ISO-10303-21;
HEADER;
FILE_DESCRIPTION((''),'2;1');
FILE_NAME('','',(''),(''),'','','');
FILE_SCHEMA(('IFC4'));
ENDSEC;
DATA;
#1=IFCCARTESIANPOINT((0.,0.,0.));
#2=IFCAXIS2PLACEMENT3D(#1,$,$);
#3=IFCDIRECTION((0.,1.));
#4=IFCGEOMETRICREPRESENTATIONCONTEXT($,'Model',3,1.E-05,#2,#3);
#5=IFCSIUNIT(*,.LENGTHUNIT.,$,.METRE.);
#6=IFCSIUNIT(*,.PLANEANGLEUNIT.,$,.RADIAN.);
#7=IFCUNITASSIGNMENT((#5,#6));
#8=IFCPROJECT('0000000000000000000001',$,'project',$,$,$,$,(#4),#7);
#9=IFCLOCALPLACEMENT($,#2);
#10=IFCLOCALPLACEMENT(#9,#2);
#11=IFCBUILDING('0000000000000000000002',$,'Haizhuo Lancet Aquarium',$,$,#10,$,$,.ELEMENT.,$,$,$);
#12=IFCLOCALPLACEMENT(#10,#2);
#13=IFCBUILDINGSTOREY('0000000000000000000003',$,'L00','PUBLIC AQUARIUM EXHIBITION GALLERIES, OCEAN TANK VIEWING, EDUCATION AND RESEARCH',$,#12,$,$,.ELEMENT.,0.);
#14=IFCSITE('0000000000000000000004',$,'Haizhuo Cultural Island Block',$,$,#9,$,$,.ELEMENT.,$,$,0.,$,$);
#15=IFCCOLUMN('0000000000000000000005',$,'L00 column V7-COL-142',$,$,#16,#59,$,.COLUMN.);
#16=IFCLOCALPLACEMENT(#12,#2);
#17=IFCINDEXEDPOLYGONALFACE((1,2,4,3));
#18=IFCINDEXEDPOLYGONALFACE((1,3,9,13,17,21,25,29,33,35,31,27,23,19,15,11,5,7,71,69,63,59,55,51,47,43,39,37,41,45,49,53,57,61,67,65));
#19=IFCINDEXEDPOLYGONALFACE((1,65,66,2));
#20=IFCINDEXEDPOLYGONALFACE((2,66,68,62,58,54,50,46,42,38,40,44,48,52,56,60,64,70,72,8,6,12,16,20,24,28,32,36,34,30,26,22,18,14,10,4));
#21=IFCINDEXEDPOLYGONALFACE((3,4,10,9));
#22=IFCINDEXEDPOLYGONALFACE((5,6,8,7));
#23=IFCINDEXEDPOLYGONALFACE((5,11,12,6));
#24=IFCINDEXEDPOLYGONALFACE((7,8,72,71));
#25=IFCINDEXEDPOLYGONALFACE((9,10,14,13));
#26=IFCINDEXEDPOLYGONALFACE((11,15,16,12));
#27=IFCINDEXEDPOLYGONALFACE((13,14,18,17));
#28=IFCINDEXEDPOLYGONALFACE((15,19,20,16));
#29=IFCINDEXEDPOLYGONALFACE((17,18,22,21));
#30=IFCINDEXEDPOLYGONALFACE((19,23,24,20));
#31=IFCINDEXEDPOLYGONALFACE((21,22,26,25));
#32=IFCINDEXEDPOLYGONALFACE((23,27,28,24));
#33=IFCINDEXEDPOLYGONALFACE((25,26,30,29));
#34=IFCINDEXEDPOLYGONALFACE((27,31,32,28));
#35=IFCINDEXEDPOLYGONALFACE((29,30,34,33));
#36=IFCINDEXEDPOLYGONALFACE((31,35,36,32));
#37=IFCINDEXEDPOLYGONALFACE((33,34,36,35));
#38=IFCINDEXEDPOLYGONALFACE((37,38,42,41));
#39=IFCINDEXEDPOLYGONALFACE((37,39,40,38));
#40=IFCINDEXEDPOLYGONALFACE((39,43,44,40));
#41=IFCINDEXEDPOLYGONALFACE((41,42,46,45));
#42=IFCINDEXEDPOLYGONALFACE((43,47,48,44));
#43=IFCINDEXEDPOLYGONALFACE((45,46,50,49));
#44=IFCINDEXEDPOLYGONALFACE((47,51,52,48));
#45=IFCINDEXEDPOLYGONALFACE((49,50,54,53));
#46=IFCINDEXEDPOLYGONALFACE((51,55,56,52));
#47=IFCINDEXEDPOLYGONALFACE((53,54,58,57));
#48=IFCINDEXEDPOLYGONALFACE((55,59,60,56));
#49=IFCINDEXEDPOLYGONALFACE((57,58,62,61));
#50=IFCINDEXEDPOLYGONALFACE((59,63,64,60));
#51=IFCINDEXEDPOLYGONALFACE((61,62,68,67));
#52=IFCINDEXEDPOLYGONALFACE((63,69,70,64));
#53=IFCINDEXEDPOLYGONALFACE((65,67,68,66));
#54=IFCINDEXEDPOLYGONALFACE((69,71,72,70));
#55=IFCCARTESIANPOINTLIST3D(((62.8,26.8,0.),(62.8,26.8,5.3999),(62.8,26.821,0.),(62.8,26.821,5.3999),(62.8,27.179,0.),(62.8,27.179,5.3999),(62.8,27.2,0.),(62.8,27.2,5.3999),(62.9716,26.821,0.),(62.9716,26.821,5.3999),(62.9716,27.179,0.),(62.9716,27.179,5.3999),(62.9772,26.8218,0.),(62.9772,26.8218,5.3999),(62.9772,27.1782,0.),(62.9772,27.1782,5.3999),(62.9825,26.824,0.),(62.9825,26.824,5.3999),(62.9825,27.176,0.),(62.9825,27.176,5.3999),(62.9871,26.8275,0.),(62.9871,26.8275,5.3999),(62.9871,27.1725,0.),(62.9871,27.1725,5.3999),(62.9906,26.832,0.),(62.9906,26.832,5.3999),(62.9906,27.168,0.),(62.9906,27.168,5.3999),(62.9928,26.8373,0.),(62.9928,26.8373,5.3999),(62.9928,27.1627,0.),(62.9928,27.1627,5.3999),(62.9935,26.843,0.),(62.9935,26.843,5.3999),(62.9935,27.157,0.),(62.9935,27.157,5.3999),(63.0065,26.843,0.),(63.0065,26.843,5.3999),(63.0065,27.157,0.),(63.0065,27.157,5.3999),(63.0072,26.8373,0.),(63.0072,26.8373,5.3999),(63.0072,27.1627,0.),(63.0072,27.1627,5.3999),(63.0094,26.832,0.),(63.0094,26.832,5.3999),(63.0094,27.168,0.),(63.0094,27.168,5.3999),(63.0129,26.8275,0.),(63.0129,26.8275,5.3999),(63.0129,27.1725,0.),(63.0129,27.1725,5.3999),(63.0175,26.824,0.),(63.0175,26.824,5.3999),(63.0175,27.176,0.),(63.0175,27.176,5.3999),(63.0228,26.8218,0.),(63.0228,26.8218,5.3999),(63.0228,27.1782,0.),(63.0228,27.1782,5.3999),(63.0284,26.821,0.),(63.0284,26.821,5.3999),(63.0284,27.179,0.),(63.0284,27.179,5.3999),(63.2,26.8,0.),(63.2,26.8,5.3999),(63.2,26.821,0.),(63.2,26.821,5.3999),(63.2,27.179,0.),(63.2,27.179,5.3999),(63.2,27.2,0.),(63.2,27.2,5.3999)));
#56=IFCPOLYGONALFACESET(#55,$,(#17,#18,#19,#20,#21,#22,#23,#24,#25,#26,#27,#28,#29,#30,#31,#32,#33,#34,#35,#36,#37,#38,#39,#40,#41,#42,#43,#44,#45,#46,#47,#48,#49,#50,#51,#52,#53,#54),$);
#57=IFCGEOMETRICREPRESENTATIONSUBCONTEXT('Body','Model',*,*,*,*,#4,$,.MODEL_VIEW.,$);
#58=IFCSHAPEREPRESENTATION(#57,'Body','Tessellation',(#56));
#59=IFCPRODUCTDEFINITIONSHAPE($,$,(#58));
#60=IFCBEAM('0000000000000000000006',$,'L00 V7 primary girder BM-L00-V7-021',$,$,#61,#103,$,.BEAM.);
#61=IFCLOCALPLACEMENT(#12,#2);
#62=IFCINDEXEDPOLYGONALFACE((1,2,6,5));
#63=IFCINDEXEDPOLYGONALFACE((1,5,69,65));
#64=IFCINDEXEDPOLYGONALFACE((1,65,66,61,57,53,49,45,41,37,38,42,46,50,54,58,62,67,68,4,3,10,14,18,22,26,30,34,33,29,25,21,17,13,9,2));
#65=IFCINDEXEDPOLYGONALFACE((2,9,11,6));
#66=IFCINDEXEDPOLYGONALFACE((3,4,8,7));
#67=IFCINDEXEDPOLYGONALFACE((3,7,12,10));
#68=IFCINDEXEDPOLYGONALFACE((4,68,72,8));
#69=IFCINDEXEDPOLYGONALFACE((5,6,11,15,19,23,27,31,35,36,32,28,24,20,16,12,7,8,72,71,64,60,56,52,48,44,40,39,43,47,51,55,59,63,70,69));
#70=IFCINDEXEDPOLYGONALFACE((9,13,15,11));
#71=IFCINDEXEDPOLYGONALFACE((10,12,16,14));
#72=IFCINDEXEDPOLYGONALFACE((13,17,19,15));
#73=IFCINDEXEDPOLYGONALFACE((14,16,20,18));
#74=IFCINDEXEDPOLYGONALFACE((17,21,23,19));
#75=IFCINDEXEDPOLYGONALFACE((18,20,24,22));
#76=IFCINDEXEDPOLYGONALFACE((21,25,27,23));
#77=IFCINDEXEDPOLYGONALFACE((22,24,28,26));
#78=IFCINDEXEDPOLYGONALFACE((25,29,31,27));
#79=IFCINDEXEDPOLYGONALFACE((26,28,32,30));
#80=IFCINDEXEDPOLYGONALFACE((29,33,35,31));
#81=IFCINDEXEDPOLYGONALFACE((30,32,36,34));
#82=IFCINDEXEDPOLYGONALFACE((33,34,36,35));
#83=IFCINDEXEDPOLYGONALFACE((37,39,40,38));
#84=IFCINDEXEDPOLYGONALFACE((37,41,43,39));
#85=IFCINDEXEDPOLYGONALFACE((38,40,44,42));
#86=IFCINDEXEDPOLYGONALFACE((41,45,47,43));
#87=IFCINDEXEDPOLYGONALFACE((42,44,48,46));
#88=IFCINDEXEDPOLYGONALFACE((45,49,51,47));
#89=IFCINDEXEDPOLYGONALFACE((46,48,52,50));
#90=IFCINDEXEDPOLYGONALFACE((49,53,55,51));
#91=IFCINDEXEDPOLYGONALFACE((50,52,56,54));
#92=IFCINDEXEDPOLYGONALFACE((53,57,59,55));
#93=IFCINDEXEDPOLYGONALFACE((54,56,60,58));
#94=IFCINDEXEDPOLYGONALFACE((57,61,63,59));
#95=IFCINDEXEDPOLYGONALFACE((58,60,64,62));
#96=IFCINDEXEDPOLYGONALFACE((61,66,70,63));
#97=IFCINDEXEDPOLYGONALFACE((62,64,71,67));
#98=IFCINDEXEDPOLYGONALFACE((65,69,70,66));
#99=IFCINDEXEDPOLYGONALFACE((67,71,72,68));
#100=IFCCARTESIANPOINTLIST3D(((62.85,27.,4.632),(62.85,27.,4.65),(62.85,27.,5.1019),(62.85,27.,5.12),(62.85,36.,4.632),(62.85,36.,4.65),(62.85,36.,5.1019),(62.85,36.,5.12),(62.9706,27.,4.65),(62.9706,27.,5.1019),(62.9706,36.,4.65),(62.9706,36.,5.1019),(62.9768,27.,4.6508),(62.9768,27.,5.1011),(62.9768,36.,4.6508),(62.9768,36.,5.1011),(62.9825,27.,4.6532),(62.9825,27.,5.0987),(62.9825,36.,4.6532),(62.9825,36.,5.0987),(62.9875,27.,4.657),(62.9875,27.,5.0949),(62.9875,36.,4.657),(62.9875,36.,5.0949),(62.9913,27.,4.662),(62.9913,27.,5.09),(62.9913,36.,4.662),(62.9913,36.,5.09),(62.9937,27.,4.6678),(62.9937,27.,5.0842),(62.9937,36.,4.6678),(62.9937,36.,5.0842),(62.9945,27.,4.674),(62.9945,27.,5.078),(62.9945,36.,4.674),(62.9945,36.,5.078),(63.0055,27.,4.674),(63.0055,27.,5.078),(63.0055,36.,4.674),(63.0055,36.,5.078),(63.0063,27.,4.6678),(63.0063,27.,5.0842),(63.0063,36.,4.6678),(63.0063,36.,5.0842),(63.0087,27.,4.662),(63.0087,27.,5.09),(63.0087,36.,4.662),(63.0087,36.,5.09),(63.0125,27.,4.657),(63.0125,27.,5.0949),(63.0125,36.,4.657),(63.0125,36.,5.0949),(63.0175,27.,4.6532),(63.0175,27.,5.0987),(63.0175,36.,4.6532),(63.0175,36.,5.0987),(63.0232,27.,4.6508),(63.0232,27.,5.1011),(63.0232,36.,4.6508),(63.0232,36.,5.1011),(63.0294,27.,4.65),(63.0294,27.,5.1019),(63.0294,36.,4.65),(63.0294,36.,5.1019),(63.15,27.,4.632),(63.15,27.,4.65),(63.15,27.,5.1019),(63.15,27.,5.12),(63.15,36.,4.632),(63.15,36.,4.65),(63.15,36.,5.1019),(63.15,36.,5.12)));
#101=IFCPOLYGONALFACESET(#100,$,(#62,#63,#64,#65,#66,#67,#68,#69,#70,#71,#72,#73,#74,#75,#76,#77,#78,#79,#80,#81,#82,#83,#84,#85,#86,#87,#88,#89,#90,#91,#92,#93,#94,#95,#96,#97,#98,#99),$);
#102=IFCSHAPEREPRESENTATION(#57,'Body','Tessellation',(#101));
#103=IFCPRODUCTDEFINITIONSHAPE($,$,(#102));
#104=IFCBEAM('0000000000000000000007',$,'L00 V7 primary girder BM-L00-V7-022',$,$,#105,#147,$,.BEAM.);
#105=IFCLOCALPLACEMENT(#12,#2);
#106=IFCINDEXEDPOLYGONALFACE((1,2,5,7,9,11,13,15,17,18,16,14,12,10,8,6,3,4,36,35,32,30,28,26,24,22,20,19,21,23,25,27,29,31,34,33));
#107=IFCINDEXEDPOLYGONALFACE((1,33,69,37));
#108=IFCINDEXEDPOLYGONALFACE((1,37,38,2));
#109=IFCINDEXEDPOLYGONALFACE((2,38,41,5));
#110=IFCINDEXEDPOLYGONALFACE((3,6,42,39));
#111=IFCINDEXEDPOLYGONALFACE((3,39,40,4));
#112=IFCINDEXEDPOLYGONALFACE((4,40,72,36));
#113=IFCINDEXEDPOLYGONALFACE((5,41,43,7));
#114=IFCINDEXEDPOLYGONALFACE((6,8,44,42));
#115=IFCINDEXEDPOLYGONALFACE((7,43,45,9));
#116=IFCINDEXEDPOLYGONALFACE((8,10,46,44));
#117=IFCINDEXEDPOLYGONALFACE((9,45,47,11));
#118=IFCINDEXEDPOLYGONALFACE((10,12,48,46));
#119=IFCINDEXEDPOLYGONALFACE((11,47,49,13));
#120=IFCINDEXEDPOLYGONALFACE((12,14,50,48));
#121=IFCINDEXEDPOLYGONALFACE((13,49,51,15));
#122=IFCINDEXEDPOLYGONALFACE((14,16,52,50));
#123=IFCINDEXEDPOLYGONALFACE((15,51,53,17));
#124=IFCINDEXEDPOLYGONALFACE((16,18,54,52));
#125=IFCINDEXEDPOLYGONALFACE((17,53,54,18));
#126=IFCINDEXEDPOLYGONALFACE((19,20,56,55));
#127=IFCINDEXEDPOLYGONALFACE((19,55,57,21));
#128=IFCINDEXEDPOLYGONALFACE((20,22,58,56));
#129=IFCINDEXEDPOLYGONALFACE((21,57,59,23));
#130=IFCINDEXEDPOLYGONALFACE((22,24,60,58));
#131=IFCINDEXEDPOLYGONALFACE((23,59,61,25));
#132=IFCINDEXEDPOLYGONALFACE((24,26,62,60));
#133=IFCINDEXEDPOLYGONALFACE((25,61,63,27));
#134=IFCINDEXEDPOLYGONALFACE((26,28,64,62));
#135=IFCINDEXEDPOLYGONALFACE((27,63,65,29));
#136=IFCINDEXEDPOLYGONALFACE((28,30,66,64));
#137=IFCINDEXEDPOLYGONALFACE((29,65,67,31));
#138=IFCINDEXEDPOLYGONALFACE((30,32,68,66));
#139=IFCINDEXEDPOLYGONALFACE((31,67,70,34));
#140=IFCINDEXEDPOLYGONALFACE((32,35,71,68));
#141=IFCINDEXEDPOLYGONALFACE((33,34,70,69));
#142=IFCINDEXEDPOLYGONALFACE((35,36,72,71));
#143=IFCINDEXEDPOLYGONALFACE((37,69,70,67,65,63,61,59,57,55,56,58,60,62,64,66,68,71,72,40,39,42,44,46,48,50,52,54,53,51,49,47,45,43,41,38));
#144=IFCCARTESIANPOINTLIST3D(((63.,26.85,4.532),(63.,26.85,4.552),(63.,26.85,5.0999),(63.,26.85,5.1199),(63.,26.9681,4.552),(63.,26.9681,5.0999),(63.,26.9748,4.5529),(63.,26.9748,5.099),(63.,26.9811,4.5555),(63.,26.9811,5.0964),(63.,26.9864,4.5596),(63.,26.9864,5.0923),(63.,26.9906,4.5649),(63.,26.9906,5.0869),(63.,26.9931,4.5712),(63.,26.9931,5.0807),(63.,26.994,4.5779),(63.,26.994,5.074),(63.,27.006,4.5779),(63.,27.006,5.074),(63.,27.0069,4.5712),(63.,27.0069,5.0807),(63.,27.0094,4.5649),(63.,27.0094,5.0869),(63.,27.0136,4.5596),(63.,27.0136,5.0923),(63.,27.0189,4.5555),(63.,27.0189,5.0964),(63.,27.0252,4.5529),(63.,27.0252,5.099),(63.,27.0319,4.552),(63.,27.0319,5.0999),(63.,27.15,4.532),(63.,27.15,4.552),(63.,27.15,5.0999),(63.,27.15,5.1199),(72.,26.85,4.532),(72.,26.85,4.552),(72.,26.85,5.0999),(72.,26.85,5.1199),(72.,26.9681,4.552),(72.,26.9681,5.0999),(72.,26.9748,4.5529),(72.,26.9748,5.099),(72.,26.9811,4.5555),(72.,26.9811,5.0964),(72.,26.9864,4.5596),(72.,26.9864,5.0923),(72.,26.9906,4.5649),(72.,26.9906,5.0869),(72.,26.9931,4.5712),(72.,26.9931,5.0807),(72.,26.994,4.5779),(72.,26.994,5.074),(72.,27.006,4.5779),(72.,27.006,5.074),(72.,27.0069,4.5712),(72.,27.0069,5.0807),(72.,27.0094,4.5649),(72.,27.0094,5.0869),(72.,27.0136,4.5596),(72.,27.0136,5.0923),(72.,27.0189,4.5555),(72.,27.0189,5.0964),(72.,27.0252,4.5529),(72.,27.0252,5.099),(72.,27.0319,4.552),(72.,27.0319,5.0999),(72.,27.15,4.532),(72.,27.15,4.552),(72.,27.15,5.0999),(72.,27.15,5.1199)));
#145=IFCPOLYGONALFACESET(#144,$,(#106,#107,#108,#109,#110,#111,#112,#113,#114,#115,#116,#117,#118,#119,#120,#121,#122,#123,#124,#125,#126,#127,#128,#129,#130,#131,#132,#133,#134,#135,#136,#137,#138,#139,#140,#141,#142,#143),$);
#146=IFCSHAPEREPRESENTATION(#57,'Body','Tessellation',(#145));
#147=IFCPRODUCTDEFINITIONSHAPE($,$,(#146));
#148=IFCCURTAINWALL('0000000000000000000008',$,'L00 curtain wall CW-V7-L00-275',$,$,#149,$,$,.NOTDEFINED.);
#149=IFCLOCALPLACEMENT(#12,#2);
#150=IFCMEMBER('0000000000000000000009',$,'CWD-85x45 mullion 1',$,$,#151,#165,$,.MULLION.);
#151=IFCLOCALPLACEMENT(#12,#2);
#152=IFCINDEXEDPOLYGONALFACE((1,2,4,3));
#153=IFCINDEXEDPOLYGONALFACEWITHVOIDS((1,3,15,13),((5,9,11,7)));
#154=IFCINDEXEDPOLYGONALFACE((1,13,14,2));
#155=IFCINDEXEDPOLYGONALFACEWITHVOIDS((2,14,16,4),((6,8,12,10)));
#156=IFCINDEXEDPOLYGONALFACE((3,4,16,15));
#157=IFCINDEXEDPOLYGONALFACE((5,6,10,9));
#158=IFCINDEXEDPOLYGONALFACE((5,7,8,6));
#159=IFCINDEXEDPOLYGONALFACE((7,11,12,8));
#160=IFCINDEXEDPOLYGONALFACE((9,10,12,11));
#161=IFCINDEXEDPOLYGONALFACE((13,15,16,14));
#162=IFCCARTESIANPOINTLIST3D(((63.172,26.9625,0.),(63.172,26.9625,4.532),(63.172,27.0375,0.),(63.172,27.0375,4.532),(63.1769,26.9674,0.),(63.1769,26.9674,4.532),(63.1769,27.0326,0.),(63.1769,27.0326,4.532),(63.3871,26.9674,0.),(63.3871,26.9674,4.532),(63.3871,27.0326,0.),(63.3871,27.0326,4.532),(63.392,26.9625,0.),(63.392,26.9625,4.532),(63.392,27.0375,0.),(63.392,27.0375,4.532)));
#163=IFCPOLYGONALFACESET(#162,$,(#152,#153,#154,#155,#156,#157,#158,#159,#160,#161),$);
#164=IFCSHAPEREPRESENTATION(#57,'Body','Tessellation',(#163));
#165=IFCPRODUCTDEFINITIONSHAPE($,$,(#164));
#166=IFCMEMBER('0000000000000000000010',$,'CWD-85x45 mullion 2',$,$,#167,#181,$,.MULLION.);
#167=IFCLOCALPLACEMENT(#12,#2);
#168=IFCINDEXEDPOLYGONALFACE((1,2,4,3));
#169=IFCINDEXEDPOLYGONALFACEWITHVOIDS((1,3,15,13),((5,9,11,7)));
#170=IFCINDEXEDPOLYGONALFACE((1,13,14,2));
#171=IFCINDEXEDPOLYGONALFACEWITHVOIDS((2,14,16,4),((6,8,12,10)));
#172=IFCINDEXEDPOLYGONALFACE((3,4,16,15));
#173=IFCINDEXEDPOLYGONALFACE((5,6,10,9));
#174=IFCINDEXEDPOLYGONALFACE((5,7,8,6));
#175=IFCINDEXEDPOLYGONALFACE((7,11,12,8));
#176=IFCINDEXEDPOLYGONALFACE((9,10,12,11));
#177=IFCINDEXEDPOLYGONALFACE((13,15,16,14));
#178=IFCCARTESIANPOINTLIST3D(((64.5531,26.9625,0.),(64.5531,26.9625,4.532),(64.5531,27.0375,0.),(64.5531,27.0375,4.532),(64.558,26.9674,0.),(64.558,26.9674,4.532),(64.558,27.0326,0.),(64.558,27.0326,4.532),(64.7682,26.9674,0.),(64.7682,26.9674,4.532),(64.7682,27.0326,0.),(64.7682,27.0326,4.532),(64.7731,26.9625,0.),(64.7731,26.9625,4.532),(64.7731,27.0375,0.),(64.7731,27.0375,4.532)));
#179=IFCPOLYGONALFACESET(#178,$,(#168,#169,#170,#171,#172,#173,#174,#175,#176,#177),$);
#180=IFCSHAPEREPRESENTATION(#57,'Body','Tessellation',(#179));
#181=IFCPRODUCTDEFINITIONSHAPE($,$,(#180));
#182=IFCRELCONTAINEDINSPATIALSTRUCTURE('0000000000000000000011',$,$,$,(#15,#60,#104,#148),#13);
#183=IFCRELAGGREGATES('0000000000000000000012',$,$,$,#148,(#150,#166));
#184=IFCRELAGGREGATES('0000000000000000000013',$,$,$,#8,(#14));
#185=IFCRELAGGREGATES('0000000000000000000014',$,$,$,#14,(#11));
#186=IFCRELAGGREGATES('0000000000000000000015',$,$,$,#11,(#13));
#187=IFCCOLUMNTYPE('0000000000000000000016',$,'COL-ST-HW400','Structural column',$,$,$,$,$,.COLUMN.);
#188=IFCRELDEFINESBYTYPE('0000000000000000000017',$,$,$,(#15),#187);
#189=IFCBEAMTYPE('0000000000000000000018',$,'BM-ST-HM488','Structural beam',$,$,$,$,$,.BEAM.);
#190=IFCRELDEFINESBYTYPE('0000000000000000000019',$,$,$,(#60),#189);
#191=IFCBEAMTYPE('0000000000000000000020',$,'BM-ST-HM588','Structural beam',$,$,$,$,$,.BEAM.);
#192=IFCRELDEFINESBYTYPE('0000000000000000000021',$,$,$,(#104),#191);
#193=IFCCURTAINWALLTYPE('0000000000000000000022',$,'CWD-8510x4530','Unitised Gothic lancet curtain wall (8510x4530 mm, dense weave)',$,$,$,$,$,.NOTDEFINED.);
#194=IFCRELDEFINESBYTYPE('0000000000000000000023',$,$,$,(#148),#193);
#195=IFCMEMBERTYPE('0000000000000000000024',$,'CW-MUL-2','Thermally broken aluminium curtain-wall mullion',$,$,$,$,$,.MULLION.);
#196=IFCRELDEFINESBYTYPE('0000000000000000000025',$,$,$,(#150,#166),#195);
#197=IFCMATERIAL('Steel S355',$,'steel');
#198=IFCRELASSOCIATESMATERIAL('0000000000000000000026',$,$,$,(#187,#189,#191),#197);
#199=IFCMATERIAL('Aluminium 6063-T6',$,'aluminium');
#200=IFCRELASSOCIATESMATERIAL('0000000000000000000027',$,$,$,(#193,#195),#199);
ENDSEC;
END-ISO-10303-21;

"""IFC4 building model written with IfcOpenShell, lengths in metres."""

from ifc_helpers import new_model, si_unit, direction, frame, origin, origin_2d, place, context, subcontext, project, spatial, hollow_rectangle, i_section, extrude, material, material_profile, profile_set, type_object, element, aggregate, save


model = new_model("IFC4")

# Units and contexts
model_context = context("Model", 3, precision=1e-05, world=origin(), true_north=direction((0.0, 1.0)))
body_context = subcontext(model_context, "Body", "Model", "MODEL_VIEW")
ifc_project = project(units=[si_unit("LENGTHUNIT", "METRE"), si_unit("PLANEANGLEUNIT", "RADIAN")], contexts=[model_context])

# Site, building, storey
site_placement = place(None, origin())
site = spatial("IfcSite", under=ifc_project, at=site_placement, Name="Haizhuo Cultural Island Block", CompositionType="ELEMENT", RefElevation=0.0)
building_placement = place(site_placement, origin())
building = spatial("IfcBuilding", under=site, at=building_placement, Name="Haizhuo Lancet Aquarium", CompositionType="ELEMENT")
storey_placement = place(building_placement, origin())
storey = spatial("IfcBuildingStorey", under=building, at=storey_placement, Name="L00", Description="PUBLIC AQUARIUM EXHIBITION GALLERIES, OCEAN TANK VIEWING, EDUCATION AND RESEARCH", CompositionType="ELEMENT", Elevation=0.0)

# Column
ifc_material_1 = material(Name="Steel S355", Category="steel")
ifc_material_profile_1 = material_profile(ifc_material_1, i_section(OverallWidth=0.3999, OverallDepth=0.3999, WebThickness=0.0129, FlangeThickness=0.021, FilletRadius=0.022, at=origin_2d()), Name="HW 400x400x13x21")
ifc_profile_set_1 = profile_set([ifc_material_profile_1], Name="Steel S355")
column_type = type_object("IfcColumnType", Name="COL-ST-HW400", Description="Structural column", PredefinedType="COLUMN", material=ifc_profile_set_1)
column_placement = place(storey_placement, frame((63.0, 27.0, 0.0), z_axis=(0.0, 0.0, 1.0), x_axis=(1.0, 0.0, 0.0)))
element("IfcColumn", 1, at=column_placement, inside=storey, type_object=column_type, Name="L00 column V7-COL-142", PredefinedType="COLUMN", context=body_context, shape_type="SweptSolid", body=[
    extrude(i_section(OverallWidth=0.3999, OverallDepth=0.3999, WebThickness=0.0129, FlangeThickness=0.021, FilletRadius=0.022, at=origin_2d()), origin(), (0.0, 0.0, 1.0), 5.3999),
])

# Beams
ifc_material_profile_2 = material_profile(ifc_material_1, i_section(OverallWidth=0.3, OverallDepth=0.488, WebThickness=0.011, FlangeThickness=0.0181, FilletRadius=0.0239, at=origin_2d()), Name="HM 488x300x11x18")
ifc_profile_set_2 = profile_set([ifc_material_profile_2], Name="Steel S355")
beam_type_1 = type_object("IfcBeamType", Name="BM-ST-HM488", Description="Structural beam", PredefinedType="BEAM", material=ifc_profile_set_2)
beam_1_placement = place(storey_placement, frame((63.0, 27.0, 4.876), z_axis=(0.0, 1.0, 0.0), x_axis=(-1.0, 0.0, 0.0)))
element("IfcBeam", 2, at=beam_1_placement, inside=storey, type_object=beam_type_1, Name="L00 V7 primary girder BM-L00-V7-021", PredefinedType="BEAM", context=body_context, shape_type="SweptSolid", body=[
    extrude(i_section(OverallWidth=0.3, OverallDepth=0.488, WebThickness=0.011, FlangeThickness=0.0181, FilletRadius=0.0239, at=origin_2d()), origin(), (0.0, 0.0, 1.0), 9.0),
])
ifc_material_profile_3 = material_profile(ifc_material_1, i_section(OverallWidth=0.3, OverallDepth=0.5879, WebThickness=0.012, FlangeThickness=0.02, FilletRadius=0.0259, at=origin_2d()), Name="HM 588x300x12x20")
ifc_profile_set_3 = profile_set([ifc_material_profile_3], Name="Steel S355")
beam_type_2 = type_object("IfcBeamType", Name="BM-ST-HM588", Description="Structural beam", PredefinedType="BEAM", material=ifc_profile_set_3)
beam_2_placement = place(storey_placement, frame((63.0, 27.0, 4.8259), z_axis=(1.0, 0.0, 0.0), x_axis=(0.0, 1.0, 0.0)))
element("IfcBeam", 3, at=beam_2_placement, inside=storey, type_object=beam_type_2, Name="L00 V7 primary girder BM-L00-V7-022", PredefinedType="BEAM", context=body_context, shape_type="SweptSolid", body=[
    extrude(i_section(OverallWidth=0.3, OverallDepth=0.5879, WebThickness=0.012, FlangeThickness=0.02, FilletRadius=0.0259, at=origin_2d()), origin(), (0.0, 0.0, 1.0), 9.0),
])

# Curtain wall, members
ifc_material_2 = material(Name="Aluminium 6063-T6", Category="aluminium")
curtain_wall_type = type_object("IfcCurtainWallType", Name="CWD-8510x4530", Description="Unitised Gothic lancet curtain wall (8510x4530 mm, dense weave)", PredefinedType="NOTDEFINED", material=ifc_material_2)
curtain_wall_placement = place(storey_placement, origin())
curtain_wall = element("IfcCurtainWall", 4, at=curtain_wall_placement, inside=storey, type_object=curtain_wall_type, Name="L00 curtain wall CW-V7-L00-275", PredefinedType="NOTDEFINED")
ifc_material_profile_4 = material_profile(ifc_material_2, hollow_rectangle(XDim=0.075, YDim=0.22, WallThickness=0.0049, at=origin_2d()), Name="ALU-M 75x220x5")
ifc_profile_set_4 = profile_set([ifc_material_profile_4], Name="Aluminium 6063-T6")
member_type_1 = type_object("IfcMemberType", Name="CW-MUL-2", Description="Thermally broken aluminium curtain-wall mullion", PredefinedType="MULLION", material=ifc_profile_set_4)
member_1_placement = place(storey_placement, frame((63.282, 27.0, 0.0), z_axis=(0.0, 0.0, 1.0), x_axis=(0.0, 1.0, 0.0)))
member_1 = element("IfcMember", 5, at=member_1_placement, type_object=member_type_1, Name="CWD-85x45 mullion 1", PredefinedType="MULLION", context=body_context, shape_type="SweptSolid", body=[
    extrude(hollow_rectangle(XDim=0.075, YDim=0.22, WallThickness=0.0049, at=origin_2d()), origin(), (0.0, 0.0, 1.0), 4.532),
])
member_2_placement = place(storey_placement, frame((64.6631, 27.0, 0.0), z_axis=(0.0, 0.0, 1.0), x_axis=(0.0, 1.0, 0.0)))
member_2 = element("IfcMember", 6, at=member_2_placement, type_object=member_type_1, Name="CWD-85x45 mullion 2", PredefinedType="MULLION", context=body_context, shape_type="SweptSolid", body=[
    extrude(hollow_rectangle(XDim=0.075, YDim=0.22, WallThickness=0.0049, at=origin_2d()), origin(), (0.0, 0.0, 1.0), 4.532),
])

aggregate(curtain_wall, [member_1, member_2])

save(model, "model.ifc")
